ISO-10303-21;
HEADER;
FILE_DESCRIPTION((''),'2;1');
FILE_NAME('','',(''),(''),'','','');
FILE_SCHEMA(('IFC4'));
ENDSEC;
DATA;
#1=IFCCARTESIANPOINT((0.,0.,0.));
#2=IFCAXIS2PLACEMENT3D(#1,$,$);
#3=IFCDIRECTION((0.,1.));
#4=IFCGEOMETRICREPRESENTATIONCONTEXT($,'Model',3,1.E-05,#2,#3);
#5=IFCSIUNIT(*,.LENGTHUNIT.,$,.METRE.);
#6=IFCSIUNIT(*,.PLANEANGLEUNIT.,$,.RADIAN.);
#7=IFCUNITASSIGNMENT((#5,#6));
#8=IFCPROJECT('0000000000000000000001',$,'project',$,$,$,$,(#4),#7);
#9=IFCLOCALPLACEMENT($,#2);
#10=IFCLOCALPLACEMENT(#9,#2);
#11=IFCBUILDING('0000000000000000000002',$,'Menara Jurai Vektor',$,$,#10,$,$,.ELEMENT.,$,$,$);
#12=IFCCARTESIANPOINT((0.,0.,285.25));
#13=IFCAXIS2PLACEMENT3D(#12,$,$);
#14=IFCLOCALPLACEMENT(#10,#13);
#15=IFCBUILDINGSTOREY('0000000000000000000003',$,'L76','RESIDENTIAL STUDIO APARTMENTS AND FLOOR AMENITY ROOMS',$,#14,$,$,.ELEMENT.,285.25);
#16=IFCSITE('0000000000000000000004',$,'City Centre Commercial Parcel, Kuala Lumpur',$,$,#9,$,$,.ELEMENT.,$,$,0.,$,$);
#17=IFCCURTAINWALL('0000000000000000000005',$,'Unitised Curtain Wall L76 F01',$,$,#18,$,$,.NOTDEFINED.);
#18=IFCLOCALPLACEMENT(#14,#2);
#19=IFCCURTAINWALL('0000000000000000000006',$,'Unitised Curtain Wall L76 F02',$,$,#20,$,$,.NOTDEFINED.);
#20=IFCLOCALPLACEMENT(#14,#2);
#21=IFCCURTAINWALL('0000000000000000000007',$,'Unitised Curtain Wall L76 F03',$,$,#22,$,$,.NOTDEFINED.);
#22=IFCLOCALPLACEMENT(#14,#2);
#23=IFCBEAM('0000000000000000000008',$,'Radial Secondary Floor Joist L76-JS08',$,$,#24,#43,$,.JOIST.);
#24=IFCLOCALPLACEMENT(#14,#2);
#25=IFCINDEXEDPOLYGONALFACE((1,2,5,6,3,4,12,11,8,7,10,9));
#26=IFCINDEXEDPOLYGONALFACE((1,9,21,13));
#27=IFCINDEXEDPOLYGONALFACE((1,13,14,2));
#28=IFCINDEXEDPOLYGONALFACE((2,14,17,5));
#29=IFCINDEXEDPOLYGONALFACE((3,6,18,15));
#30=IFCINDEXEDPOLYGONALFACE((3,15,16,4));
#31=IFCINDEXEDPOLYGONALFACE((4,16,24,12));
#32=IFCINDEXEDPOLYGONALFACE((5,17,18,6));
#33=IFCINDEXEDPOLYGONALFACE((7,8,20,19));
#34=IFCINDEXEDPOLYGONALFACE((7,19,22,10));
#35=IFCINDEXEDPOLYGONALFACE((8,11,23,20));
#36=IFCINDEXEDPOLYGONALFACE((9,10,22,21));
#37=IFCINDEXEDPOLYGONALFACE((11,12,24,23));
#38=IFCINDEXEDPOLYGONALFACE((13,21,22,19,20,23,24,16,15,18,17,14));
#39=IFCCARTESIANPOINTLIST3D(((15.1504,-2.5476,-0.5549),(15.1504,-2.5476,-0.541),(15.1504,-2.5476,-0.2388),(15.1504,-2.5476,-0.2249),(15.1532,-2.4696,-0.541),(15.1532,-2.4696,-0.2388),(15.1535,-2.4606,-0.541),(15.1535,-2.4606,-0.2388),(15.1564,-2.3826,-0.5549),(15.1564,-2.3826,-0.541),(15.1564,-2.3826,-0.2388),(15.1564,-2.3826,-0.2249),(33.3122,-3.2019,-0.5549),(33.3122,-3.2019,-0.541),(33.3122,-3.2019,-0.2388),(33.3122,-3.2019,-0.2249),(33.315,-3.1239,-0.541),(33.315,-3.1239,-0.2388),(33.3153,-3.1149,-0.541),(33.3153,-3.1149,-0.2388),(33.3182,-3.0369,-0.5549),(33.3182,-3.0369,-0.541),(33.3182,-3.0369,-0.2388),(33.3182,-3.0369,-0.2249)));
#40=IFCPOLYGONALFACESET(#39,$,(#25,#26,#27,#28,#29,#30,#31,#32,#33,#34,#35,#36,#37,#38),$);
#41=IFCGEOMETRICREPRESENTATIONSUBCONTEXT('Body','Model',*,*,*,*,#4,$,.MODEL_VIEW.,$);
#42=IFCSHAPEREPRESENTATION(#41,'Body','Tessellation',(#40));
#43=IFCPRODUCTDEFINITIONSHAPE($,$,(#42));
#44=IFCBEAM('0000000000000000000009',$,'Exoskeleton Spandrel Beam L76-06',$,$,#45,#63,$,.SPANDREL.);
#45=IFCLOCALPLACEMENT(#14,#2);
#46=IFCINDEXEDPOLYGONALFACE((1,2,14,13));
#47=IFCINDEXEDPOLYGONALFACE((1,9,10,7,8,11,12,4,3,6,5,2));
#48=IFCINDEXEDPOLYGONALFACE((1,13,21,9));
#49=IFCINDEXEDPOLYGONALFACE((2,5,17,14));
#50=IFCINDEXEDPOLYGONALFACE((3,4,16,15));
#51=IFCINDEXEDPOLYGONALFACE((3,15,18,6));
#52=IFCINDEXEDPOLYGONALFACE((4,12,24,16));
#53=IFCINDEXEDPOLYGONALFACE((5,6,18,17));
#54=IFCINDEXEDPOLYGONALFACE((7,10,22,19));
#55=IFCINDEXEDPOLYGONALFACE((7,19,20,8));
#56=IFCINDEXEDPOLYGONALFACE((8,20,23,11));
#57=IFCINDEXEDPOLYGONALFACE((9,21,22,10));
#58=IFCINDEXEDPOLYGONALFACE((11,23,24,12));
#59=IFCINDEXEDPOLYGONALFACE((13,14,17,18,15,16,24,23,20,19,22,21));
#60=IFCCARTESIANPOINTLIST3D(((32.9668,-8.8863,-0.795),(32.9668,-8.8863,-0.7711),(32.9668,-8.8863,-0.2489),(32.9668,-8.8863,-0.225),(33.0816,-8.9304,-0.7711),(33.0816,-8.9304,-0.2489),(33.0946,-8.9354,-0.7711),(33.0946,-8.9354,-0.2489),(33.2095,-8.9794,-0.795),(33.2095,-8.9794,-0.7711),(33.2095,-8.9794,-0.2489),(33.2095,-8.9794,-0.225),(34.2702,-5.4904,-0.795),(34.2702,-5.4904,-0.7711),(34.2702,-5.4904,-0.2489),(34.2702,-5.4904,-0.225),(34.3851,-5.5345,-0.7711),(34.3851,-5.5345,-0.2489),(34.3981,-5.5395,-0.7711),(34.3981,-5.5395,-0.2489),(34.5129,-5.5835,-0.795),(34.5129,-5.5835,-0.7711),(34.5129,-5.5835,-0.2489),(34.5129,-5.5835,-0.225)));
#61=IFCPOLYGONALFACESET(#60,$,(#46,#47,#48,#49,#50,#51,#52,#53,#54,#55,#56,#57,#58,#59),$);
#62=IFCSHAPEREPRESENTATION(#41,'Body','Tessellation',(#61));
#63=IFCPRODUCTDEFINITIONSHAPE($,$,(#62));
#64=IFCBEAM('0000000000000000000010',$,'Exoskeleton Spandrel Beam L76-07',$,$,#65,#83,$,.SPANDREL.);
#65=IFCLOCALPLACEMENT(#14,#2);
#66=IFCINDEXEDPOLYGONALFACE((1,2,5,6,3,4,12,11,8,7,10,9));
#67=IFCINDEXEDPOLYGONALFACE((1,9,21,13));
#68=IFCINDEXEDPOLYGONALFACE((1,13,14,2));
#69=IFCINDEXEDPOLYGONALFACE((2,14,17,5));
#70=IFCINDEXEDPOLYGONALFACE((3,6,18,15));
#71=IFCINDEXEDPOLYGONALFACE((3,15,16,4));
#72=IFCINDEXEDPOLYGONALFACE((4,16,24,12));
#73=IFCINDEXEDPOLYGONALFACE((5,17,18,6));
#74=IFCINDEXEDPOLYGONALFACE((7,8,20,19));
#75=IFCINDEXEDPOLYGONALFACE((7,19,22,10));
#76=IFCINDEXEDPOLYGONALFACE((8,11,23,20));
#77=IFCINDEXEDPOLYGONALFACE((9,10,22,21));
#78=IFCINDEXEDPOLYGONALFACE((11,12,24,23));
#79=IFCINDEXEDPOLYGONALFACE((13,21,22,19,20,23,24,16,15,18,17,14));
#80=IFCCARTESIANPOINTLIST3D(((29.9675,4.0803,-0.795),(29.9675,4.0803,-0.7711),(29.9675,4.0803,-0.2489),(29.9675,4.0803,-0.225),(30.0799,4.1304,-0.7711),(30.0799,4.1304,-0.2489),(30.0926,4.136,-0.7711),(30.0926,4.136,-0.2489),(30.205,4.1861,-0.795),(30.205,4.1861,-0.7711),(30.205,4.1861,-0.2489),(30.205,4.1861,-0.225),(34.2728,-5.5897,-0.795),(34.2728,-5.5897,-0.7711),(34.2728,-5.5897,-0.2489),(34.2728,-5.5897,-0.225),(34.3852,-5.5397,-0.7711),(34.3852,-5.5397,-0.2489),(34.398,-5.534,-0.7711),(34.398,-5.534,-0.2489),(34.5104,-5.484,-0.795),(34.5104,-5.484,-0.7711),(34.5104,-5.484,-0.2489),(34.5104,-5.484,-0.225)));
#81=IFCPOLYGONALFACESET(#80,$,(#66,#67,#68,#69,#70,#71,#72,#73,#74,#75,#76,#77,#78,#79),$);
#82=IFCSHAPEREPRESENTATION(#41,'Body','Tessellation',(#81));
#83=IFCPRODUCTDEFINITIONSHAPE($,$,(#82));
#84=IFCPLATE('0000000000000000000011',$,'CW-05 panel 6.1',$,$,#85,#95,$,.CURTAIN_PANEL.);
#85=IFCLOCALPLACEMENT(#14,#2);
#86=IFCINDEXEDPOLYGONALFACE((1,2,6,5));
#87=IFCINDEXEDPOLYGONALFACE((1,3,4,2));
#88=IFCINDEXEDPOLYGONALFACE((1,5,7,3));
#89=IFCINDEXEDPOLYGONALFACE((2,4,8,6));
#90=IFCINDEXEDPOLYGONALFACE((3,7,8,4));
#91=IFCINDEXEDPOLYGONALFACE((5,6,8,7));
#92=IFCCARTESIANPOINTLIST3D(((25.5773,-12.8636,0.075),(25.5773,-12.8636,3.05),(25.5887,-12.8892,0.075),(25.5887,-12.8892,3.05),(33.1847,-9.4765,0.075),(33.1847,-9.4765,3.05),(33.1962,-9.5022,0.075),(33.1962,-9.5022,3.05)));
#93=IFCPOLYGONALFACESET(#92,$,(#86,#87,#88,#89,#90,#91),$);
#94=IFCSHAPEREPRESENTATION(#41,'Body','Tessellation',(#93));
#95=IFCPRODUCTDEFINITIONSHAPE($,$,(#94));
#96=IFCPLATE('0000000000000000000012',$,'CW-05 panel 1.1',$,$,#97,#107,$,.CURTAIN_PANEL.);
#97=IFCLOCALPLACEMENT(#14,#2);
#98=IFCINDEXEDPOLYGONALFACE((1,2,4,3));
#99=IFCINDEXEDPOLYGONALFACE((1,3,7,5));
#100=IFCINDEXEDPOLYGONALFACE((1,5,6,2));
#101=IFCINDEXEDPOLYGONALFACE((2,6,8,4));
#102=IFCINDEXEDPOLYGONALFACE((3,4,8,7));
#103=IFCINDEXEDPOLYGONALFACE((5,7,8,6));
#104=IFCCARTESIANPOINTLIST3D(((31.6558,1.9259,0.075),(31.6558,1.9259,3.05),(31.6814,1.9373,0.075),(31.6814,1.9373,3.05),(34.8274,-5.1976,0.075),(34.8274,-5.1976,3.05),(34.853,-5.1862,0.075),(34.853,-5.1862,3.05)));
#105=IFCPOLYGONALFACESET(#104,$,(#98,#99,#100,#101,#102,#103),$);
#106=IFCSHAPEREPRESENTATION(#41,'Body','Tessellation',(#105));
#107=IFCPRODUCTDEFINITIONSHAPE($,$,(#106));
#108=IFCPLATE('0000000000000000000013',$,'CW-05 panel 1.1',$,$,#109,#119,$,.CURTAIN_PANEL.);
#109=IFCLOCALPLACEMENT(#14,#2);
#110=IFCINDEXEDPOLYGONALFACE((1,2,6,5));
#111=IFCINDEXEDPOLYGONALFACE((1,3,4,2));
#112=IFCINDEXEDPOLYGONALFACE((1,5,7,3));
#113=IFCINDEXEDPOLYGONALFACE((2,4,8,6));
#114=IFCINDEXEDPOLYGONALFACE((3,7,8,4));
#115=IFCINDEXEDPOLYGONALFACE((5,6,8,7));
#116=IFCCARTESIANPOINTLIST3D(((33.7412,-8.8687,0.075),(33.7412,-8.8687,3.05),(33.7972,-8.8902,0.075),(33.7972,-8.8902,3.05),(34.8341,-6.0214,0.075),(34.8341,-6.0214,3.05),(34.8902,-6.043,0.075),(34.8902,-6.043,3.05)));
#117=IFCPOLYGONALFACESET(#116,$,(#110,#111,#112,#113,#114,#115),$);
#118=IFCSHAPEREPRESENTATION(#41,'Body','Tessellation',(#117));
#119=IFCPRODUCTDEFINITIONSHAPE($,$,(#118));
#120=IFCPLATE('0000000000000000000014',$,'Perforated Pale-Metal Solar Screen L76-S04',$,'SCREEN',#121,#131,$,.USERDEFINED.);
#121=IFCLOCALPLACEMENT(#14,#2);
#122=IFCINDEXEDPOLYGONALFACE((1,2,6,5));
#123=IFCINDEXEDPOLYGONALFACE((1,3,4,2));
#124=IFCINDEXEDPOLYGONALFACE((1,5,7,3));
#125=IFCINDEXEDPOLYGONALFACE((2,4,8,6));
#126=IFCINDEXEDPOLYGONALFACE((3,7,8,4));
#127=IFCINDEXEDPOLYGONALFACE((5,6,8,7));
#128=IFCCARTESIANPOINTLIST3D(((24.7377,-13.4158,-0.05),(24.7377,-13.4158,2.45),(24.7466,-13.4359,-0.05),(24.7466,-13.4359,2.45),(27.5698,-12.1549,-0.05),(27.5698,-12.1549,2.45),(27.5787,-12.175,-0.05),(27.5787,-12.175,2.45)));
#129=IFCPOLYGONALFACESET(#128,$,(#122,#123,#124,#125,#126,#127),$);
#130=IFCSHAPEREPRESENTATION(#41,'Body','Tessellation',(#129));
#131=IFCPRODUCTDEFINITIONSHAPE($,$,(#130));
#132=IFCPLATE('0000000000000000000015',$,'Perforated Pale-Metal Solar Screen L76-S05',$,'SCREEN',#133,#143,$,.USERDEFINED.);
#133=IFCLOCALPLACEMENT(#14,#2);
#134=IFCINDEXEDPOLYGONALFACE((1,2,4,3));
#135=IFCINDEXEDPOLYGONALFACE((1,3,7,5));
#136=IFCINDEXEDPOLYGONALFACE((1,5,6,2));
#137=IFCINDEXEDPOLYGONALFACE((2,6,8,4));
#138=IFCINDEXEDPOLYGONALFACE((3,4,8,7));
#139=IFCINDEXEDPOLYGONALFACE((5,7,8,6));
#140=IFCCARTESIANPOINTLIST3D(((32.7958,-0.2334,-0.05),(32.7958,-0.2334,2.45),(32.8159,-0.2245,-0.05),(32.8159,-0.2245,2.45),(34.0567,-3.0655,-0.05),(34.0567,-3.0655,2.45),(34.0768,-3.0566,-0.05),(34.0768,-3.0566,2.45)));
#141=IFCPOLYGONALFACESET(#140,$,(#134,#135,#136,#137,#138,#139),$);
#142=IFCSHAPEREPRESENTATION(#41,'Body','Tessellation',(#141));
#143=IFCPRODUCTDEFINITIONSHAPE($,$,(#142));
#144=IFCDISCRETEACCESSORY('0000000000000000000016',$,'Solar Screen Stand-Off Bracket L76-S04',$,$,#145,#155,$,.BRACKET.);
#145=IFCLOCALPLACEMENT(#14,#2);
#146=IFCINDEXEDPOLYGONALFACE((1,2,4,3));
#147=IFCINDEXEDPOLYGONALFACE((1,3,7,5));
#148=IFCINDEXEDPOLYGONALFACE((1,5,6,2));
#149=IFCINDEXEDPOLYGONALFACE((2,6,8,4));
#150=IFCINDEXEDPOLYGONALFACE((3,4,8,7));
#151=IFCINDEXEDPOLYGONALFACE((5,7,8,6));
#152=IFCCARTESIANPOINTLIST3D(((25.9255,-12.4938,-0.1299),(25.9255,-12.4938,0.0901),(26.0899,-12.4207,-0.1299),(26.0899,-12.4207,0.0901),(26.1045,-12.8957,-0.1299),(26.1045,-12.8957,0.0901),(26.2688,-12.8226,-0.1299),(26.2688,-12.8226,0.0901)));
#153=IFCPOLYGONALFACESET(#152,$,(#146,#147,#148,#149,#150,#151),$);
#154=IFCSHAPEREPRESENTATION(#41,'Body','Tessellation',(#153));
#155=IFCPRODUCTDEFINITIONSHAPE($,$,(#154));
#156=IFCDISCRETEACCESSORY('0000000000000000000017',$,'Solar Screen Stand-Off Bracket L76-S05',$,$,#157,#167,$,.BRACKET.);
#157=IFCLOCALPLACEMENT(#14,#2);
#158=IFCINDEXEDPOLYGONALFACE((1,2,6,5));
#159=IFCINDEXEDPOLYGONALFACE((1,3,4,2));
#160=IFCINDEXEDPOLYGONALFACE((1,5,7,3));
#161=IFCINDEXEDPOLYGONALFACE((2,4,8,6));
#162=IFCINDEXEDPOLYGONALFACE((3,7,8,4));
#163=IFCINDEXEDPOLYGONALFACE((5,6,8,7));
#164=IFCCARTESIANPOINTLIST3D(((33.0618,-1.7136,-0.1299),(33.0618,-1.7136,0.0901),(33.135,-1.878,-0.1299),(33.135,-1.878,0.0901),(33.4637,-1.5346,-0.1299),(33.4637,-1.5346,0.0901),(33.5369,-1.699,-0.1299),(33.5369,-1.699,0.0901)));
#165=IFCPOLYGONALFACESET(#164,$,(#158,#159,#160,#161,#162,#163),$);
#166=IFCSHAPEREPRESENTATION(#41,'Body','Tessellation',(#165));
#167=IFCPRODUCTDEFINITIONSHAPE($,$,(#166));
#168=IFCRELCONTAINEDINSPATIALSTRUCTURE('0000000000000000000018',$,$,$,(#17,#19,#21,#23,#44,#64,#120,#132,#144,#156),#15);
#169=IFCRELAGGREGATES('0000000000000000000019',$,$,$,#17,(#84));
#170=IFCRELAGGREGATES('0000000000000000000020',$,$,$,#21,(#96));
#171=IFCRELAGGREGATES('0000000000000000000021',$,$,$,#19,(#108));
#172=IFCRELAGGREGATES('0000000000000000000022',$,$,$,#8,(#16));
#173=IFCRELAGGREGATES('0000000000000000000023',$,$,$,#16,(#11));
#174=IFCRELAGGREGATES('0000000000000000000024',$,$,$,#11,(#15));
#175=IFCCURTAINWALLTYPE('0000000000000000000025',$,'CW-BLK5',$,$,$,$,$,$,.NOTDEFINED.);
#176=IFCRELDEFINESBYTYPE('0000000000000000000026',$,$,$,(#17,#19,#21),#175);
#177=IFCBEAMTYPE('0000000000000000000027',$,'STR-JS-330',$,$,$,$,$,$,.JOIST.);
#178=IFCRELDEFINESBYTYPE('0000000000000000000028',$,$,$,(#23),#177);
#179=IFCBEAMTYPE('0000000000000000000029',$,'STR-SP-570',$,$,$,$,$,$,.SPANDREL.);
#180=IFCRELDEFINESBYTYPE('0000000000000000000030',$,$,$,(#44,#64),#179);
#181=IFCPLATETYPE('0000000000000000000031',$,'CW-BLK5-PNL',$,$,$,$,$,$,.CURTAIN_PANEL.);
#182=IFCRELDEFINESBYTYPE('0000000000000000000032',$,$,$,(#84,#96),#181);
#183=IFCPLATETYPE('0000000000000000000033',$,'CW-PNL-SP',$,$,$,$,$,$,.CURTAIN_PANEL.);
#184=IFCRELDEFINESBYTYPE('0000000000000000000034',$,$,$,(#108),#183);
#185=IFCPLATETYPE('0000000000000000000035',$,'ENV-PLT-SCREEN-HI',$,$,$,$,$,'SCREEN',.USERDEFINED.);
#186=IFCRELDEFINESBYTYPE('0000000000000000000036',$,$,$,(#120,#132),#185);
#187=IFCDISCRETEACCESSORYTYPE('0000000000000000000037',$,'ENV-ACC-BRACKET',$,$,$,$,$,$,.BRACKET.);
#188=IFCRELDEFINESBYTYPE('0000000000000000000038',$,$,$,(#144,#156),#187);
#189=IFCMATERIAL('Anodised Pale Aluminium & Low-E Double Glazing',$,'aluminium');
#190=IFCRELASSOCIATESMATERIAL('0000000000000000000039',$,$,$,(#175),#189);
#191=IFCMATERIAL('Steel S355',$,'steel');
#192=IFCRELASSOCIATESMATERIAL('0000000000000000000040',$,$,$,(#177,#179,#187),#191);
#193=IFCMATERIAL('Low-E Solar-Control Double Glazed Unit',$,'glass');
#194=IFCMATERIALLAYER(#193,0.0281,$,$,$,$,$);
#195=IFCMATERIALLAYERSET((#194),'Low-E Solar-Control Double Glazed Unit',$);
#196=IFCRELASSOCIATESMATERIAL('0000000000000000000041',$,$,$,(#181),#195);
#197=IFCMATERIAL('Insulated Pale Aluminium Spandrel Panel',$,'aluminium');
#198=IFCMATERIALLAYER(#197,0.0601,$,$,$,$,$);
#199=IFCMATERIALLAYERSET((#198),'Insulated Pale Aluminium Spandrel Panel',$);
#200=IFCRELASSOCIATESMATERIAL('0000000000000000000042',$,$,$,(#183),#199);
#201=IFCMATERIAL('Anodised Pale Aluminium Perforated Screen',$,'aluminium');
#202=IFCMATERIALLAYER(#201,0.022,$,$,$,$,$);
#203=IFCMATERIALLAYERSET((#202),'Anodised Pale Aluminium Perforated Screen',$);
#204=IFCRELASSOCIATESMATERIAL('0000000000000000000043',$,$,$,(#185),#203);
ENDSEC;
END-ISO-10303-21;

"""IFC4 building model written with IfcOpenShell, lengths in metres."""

from ifc_helpers import new_model, si_unit, direction, frame, origin, origin_2d, place, context, subcontext, project, spatial, rectangle, i_section, extrude, material, layer, layer_set, material_profile, profile_set, type_object, element, aggregate, save


model = new_model("IFC4")

# Units and contexts
model_context = context("Model", 3, precision=1e-05, world=origin(), true_north=direction((0.0, 1.0)))
body_context = subcontext(model_context, "Body", "Model", "MODEL_VIEW")
ifc_project = project(units=[si_unit("LENGTHUNIT", "METRE"), si_unit("PLANEANGLEUNIT", "RADIAN")], contexts=[model_context])

# Site, building, storey
site_placement = place(None, origin())
site = spatial("IfcSite", under=ifc_project, at=site_placement, Name="City Centre Commercial Parcel, Kuala Lumpur", CompositionType="ELEMENT", RefElevation=0.0)
building_placement = place(site_placement, origin())
building = spatial("IfcBuilding", under=site, at=building_placement, Name="Menara Jurai Vektor", CompositionType="ELEMENT")
storey_placement = place(building_placement, frame((0.0, 0.0, 285.25)))
storey = spatial("IfcBuildingStorey", under=building, at=storey_placement, Name="L76", Description="RESIDENTIAL STUDIO APARTMENTS AND FLOOR AMENITY ROOMS", CompositionType="ELEMENT", Elevation=285.25)

# Curtain wall
ifc_material_1 = material(Name="Anodised Pale Aluminium & Low-E Double Glazing", Category="aluminium")
curtain_wall_type = type_object("IfcCurtainWallType", Name="CW-BLK5", PredefinedType="NOTDEFINED", material=ifc_material_1)
curtain_wall_1_placement = place(storey_placement, origin())
curtain_wall_1 = element("IfcCurtainWall", 1, at=curtain_wall_1_placement, inside=storey, type_object=curtain_wall_type, Name="Unitised Curtain Wall L76 F01", PredefinedType="NOTDEFINED")

# Curtain wall
curtain_wall_2_placement = place(storey_placement, origin())
curtain_wall_2 = element("IfcCurtainWall", 2, at=curtain_wall_2_placement, inside=storey, type_object=curtain_wall_type, Name="Unitised Curtain Wall L76 F02", PredefinedType="NOTDEFINED")

# Curtain wall
curtain_wall_3_placement = place(storey_placement, origin())
curtain_wall_3 = element("IfcCurtainWall", 3, at=curtain_wall_3_placement, inside=storey, type_object=curtain_wall_type, Name="Unitised Curtain Wall L76 F03", PredefinedType="NOTDEFINED")

# Shared definitions
ifc_material_2 = material(Name="Steel S355", Category="steel")

# Beams
ifc_material_profile_1 = material_profile(ifc_material_2, i_section(OverallWidth=0.165, OverallDepth=0.3301, WebThickness=0.009, FlangeThickness=0.0139, at=origin_2d()), Name="PG 330x165x46")
ifc_profile_set_1 = profile_set([ifc_material_profile_1], Name="Steel S355")
beam_type_1 = type_object("IfcBeamType", Name="STR-JS-330", PredefinedType="JOIST", material=ifc_profile_set_1)
beam_1_placement = place(storey_placement, frame((33.3152, -3.1194, -0.3899), z_axis=(-0.999352, 0.036003, 0.0), x_axis=(-0.036003, -0.999352, 0.0)))
element("IfcBeam", 4, at=beam_1_placement, inside=storey, type_object=beam_type_1, Name="Radial Secondary Floor Joist L76-JS08", PredefinedType="JOIST", context=body_context, shape_type="SweptSolid", body=[
    extrude(i_section(OverallWidth=0.165, OverallDepth=0.3301, WebThickness=0.009, FlangeThickness=0.0139, at=origin_2d()), origin(), (0.0, 0.0, 1.0), 18.1736),
])
ifc_material_profile_2 = material_profile(ifc_material_2, i_section(OverallWidth=0.26, OverallDepth=0.5701, WebThickness=0.0139, FlangeThickness=0.0239, at=origin_2d()), Name="PG 570x260x145")
ifc_profile_set_2 = profile_set([ifc_material_profile_2], Name="Steel S355")
beam_type_2 = type_object("IfcBeamType", Name="STR-SP-570", PredefinedType="SPANDREL", material=ifc_profile_set_2)
beam_2_placement = place(storey_placement, frame((33.0881, -8.9329, -0.51), z_axis=(0.358336, 0.933593, 0.0), x_axis=(-0.933593, 0.358336, 0.0)))
element("IfcBeam", 5, at=beam_2_placement, inside=storey, type_object=beam_type_2, Name="Exoskeleton Spandrel Beam L76-06", PredefinedType="SPANDREL", context=body_context, shape_type="SweptSolid", body=[
    extrude(i_section(OverallWidth=0.26, OverallDepth=0.5701, WebThickness=0.0139, FlangeThickness=0.0239, at=origin_2d()), origin(), (0.0, 0.0, 1.0), 3.6375),
])
beam_3_placement = place(storey_placement, frame((34.3916, -5.5369, -0.51), z_axis=(-0.406735, 0.913546, 0.0), x_axis=(-0.913546, -0.406735, 0.0)))
element("IfcBeam", 6, at=beam_3_placement, inside=storey, type_object=beam_type_2, Name="Exoskeleton Spandrel Beam L76-07", PredefinedType="SPANDREL", context=body_context, shape_type="SweptSolid", body=[
    extrude(i_section(OverallWidth=0.26, OverallDepth=0.5701, WebThickness=0.0139, FlangeThickness=0.0239, at=origin_2d()), origin(), (0.0, 0.0, 1.0), 10.5852),
])

# Plates
ifc_material_3 = material(Name="Low-E Solar-Control Double Glazed Unit", Category="glass")
ifc_layer_1 = layer(ifc_material_3, 0.0281)
ifc_layer_set_1 = layer_set([ifc_layer_1], Name="Low-E Solar-Control Double Glazed Unit")
plate_type_1 = type_object("IfcPlateType", Name="CW-BLK5-PNL", PredefinedType="CURTAIN_PANEL", material=ifc_layer_set_1)
plate_1_placement = place(storey_placement, frame((29.3867, -11.1829, 0.075), z_axis=(0.0, 0.0, 1.0), x_axis=(0.913546, 0.406735, 0.0)))
plate_1 = element("IfcPlate", 7, at=plate_1_placement, type_object=plate_type_1, Name="CW-05 panel 6.1", PredefinedType="CURTAIN_PANEL", context=body_context, shape_type="SweptSolid", body=[
    extrude(rectangle(XDim=8.3274, YDim=0.0281, at=origin_2d()), origin(), (0.0, 0.0, 1.0), 2.9751),
])
aggregate(curtain_wall_1, [plate_1])
plate_2_placement = place(storey_placement, frame((33.2544, -1.6301, 0.075), z_axis=(0.0, 0.0, 1.0), x_axis=(-0.406735, 0.913546, 0.0)))
plate_2 = element("IfcPlate", 8, at=plate_2_placement, type_object=plate_type_1, Name="CW-05 panel 1.1", PredefinedType="CURTAIN_PANEL", context=body_context, shape_type="SweptSolid", body=[
    extrude(rectangle(XDim=7.7976, YDim=0.0281, at=origin_2d()), origin(), (0.0, 0.0, 1.0), 2.9751),
])
aggregate(curtain_wall_3, [plate_2])
ifc_material_4 = material(Name="Insulated Pale Aluminium Spandrel Panel", Category="aluminium")
ifc_layer_2 = layer(ifc_material_4, 0.0601)
ifc_layer_set_2 = layer_set([ifc_layer_2], Name="Insulated Pale Aluminium Spandrel Panel")
plate_type_2 = type_object("IfcPlateType", Name="CW-PNL-SP", PredefinedType="CURTAIN_PANEL", material=ifc_layer_set_2)
plate_3_placement = place(storey_placement, frame((34.3157, -7.4558, 0.075), z_axis=(0.0, 0.0, 1.0), x_axis=(0.358374, 0.933578, 0.0)))
plate_3 = element("IfcPlate", 9, at=plate_3_placement, type_object=plate_type_2, Name="CW-05 panel 1.1", PredefinedType="CURTAIN_PANEL", context=body_context, shape_type="SweptSolid", body=[
    extrude(rectangle(XDim=3.0498, YDim=0.0601, at=origin_2d()), origin(), (0.0, 0.0, 1.0), 2.9751),
])
aggregate(curtain_wall_2, [plate_3])

# Plates
ifc_material_5 = material(Name="Anodised Pale Aluminium Perforated Screen", Category="aluminium")
ifc_layer_3 = layer(ifc_material_5, 0.022)
ifc_layer_set_3 = layer_set([ifc_layer_3], Name="Anodised Pale Aluminium Perforated Screen")
plate_type_3 = type_object("IfcPlateType", Name="ENV-PLT-SCREEN-HI", ElementType="SCREEN", PredefinedType="USERDEFINED", material=ifc_layer_set_3)
for number, where, z_axis, x_axis, name in (
    (10, (26.1582, -12.7954, -0.05), (0.0, 0.0, 1.0), (0.913545, 0.406737, 0.0), "Perforated Pale-Metal Solar Screen L76-S04"),
    (11, (33.4363, -1.645, -0.05), (0.0, 0.0, 1.0), (-0.406737, 0.913545, 0.0), "Perforated Pale-Metal Solar Screen L76-S05"),
):
    element("IfcPlate", number, at=place(storey_placement, frame(where, z_axis=z_axis, x_axis=x_axis)), inside=storey, type_object=plate_type_3, Name=name, ObjectType="SCREEN", PredefinedType="USERDEFINED", context=body_context, shape_type="SweptSolid", body=[
        extrude(rectangle(XDim=3.1001, YDim=0.022, at=origin_2d()), origin(), (0.0, 0.0, 1.0), 2.5),
    ])

# Discrete accessories
discrete_accessory_type = type_object("IfcDiscreteAccessoryType", Name="ENV-ACC-BRACKET", PredefinedType="BRACKET", material=ifc_material_2)
for number, where, z_axis, x_axis, name in (
    (12, (26.0972, -12.6582, -0.1299), (0.0, 0.0, 1.0), (0.913545, 0.406737, 0.0), "Solar Screen Stand-Off Bracket L76-S04"),
    (13, (33.2993, -1.7063, -0.1299), (0.0, 0.0, 1.0), (-0.406737, 0.913545, 0.0), "Solar Screen Stand-Off Bracket L76-S05"),
):
    element("IfcDiscreteAccessory", number, at=place(storey_placement, frame(where, z_axis=z_axis, x_axis=x_axis)), inside=storey, type_object=discrete_accessory_type, Name=name, PredefinedType="BRACKET", context=body_context, shape_type="SweptSolid", body=[
        extrude(rectangle(XDim=0.1799, YDim=0.4399, at=origin_2d()), origin(), (0.0, 0.0, 1.0), 0.22),
    ])

save(model, "model.ifc")
